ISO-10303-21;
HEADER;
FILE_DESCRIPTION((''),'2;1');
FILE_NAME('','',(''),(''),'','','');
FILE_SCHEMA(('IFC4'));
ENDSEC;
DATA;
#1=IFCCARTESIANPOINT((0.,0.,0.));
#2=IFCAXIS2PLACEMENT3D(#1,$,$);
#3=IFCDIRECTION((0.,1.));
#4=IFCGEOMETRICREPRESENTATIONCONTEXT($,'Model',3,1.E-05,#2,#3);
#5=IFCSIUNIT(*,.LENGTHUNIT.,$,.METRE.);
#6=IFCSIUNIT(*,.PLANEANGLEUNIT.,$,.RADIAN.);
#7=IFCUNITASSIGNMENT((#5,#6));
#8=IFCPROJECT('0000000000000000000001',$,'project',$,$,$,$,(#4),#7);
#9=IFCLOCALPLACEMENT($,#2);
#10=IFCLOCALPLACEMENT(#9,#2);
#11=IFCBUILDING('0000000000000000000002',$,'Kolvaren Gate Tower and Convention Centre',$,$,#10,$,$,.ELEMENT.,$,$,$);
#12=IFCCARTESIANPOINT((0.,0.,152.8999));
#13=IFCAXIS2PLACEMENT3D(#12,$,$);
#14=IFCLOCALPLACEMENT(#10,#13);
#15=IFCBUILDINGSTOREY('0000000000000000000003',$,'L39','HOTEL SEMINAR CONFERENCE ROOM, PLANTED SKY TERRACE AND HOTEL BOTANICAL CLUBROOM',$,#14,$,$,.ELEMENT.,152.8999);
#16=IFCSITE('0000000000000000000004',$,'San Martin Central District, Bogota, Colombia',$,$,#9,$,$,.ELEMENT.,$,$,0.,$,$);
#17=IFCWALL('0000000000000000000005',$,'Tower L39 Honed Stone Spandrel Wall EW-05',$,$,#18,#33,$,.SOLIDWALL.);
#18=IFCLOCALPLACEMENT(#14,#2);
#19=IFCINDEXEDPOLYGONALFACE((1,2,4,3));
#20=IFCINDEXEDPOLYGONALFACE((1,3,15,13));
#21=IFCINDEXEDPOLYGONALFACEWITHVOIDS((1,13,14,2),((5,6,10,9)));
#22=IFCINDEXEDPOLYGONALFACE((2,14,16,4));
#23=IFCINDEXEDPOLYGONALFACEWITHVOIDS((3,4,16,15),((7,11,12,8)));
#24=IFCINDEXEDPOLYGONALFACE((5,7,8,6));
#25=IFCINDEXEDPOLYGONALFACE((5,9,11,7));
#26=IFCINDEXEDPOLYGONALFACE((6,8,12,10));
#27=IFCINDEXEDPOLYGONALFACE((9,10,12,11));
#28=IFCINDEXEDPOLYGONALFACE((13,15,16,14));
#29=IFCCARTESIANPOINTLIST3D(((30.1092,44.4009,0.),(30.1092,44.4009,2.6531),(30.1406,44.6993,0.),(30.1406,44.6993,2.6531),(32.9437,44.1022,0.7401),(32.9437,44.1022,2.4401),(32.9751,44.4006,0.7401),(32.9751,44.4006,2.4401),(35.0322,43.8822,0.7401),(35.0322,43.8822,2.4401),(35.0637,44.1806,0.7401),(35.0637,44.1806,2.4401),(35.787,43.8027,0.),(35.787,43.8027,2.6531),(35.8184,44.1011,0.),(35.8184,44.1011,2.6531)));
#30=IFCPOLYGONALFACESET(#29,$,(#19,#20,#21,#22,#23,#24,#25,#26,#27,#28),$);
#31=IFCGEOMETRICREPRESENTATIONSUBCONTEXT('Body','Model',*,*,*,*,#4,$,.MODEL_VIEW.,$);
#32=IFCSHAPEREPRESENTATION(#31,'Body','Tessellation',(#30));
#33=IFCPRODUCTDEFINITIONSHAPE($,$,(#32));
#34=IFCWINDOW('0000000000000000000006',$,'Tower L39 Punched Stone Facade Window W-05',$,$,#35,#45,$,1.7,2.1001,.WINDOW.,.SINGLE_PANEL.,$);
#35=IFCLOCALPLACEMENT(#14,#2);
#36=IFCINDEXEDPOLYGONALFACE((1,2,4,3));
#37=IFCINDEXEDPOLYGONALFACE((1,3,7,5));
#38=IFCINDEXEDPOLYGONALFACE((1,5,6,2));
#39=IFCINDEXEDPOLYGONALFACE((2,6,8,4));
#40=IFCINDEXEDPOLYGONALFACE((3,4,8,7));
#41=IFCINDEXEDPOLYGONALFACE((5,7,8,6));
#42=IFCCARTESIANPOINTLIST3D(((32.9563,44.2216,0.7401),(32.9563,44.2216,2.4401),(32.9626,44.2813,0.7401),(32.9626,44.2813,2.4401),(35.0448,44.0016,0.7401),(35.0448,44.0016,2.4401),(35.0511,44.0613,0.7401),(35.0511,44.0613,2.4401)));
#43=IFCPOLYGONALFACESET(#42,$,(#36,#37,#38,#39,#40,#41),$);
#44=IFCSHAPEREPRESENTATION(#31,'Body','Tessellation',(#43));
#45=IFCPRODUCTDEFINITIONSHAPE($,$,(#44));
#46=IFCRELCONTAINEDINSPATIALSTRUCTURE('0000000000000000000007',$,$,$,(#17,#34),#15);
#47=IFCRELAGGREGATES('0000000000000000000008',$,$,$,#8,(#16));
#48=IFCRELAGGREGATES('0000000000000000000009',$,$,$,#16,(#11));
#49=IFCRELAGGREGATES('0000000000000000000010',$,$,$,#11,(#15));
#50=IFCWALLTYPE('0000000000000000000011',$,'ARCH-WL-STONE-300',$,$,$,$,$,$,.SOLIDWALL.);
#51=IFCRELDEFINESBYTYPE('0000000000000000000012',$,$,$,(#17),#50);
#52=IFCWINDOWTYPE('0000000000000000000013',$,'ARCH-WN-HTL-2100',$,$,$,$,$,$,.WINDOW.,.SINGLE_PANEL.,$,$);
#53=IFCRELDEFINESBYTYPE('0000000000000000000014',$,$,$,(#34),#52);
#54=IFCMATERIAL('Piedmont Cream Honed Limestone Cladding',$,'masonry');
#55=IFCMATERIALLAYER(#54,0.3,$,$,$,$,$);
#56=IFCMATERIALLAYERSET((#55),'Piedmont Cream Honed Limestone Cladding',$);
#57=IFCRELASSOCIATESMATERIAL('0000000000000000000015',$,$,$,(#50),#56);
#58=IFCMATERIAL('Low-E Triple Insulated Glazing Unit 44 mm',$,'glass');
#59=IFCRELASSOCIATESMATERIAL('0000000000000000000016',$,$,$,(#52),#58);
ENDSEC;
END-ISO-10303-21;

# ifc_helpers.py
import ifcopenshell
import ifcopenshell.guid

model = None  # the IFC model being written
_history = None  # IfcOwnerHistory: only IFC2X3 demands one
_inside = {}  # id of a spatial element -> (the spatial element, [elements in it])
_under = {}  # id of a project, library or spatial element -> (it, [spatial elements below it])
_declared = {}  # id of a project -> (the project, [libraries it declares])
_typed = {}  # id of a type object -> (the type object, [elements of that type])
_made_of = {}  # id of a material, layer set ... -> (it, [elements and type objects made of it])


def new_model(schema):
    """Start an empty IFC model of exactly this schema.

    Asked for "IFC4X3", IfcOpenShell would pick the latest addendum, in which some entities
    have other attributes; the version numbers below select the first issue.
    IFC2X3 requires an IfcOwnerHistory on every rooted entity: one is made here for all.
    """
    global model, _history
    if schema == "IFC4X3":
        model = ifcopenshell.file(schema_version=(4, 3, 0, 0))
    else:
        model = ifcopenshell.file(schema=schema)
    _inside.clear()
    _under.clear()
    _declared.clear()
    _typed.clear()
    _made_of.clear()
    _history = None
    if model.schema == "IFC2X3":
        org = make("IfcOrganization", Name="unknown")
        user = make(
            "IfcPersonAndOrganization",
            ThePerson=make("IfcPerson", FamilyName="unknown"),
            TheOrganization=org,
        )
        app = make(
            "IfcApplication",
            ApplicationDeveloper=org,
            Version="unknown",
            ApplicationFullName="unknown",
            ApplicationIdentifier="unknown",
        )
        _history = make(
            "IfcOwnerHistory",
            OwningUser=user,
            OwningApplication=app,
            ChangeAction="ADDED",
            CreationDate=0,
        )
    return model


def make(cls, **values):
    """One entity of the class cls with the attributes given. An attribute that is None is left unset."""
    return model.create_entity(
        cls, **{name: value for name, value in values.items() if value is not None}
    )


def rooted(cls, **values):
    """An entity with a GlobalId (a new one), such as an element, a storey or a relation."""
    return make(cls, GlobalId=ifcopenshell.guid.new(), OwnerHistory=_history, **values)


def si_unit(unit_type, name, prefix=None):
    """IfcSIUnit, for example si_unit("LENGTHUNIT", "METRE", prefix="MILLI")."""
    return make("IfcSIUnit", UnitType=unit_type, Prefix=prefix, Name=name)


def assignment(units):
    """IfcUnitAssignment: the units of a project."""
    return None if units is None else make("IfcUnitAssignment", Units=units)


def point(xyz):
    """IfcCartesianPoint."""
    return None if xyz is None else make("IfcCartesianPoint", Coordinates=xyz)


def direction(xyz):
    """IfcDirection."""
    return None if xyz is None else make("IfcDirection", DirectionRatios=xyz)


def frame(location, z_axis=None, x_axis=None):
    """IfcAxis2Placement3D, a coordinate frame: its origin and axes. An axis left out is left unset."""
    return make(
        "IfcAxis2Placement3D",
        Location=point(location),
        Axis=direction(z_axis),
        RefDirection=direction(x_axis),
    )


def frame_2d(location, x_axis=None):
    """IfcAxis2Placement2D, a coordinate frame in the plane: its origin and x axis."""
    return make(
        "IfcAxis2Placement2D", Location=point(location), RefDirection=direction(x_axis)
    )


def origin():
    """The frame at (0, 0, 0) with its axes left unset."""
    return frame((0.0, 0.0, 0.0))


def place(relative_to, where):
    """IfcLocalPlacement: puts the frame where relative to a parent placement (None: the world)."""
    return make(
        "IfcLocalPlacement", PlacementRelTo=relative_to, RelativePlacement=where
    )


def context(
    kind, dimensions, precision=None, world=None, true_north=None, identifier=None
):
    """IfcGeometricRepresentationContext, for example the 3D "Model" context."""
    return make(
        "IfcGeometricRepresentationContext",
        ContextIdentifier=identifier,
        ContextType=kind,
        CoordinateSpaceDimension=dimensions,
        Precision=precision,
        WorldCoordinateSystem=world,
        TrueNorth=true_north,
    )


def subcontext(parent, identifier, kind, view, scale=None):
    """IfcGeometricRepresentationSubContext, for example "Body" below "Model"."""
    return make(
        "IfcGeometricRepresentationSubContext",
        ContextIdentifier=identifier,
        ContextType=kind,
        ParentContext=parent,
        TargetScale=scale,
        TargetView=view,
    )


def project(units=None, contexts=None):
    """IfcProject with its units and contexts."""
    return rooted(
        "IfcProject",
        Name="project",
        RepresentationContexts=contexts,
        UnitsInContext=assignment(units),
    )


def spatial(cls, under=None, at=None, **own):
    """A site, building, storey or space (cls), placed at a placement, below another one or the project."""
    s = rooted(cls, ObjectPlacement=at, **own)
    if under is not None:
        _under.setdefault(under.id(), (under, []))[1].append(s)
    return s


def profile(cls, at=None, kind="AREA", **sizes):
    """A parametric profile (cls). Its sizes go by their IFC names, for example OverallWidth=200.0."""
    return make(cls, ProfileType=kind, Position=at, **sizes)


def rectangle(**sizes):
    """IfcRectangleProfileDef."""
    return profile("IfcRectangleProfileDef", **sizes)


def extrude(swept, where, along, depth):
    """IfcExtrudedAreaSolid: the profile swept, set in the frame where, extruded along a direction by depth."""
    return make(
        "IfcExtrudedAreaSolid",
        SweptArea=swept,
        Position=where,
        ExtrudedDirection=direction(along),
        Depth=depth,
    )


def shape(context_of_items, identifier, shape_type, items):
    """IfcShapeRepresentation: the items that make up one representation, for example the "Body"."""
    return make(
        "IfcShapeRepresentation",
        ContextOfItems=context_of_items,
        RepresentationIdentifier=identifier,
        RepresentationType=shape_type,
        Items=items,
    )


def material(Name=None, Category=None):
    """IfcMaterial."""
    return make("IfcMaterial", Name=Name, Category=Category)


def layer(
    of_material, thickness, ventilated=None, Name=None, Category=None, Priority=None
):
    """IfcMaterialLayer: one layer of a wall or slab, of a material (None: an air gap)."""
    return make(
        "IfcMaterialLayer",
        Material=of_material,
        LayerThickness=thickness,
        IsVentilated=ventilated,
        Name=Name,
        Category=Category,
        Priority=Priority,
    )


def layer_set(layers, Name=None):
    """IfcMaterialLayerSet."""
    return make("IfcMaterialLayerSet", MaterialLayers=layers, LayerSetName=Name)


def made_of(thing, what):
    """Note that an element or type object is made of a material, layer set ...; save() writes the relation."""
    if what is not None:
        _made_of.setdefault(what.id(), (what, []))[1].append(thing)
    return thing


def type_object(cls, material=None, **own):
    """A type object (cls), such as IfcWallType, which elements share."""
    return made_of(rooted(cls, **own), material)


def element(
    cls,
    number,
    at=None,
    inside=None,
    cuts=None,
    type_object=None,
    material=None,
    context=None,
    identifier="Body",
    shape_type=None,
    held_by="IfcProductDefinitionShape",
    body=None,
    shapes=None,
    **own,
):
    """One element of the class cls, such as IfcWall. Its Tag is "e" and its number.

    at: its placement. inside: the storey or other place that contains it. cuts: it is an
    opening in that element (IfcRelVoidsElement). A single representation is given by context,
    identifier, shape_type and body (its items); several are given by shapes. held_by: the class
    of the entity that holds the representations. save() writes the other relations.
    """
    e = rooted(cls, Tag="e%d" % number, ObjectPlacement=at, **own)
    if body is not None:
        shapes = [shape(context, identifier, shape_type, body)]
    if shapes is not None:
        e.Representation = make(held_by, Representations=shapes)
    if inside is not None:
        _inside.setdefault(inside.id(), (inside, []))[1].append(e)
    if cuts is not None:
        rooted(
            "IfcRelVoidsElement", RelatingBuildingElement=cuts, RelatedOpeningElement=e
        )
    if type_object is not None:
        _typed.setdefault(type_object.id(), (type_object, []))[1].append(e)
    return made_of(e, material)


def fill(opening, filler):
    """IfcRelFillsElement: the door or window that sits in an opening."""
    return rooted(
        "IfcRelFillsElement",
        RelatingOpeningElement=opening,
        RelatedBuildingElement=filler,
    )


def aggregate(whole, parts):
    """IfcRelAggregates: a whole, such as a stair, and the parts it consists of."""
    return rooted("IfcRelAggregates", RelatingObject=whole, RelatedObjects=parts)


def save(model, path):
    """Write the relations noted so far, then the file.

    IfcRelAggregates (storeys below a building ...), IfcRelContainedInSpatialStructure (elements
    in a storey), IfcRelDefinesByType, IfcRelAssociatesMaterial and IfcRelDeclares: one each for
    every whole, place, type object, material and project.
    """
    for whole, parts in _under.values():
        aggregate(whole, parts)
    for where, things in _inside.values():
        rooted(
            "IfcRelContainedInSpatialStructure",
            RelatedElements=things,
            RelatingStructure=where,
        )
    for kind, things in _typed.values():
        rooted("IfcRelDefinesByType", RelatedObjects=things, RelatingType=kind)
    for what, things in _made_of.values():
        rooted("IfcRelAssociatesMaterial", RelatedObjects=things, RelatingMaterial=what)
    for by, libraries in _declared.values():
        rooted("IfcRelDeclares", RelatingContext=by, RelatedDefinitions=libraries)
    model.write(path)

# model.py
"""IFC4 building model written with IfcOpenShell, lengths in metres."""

from ifc_helpers import new_model, si_unit, direction, frame, frame_2d, origin, place, context, subcontext, project, spatial, rectangle, extrude, material, layer, layer_set, type_object, element, fill, save


model = new_model("IFC4")

# Units and contexts
model_context = context("Model", 3, precision=1e-05, world=origin(), true_north=direction((0.0, 1.0)))
body_context = subcontext(model_context, "Body", "Model", "MODEL_VIEW")
ifc_project = project(units=[si_unit("LENGTHUNIT", "METRE"), si_unit("PLANEANGLEUNIT", "RADIAN")], contexts=[model_context])

# Site, building, storey
site_placement = place(None, origin())
site = spatial("IfcSite", under=ifc_project, at=site_placement, Name="San Martin Central District, Bogota, Colombia", CompositionType="ELEMENT", RefElevation=0.0)
building_placement = place(site_placement, origin())
building = spatial("IfcBuilding", under=site, at=building_placement, Name="Kolvaren Gate Tower and Convention Centre", CompositionType="ELEMENT")
storey_placement = place(building_placement, frame((0.0, 0.0, 152.8999)))
storey = spatial("IfcBuildingStorey", under=building, at=storey_placement, Name="L39", Description="HOTEL SEMINAR CONFERENCE ROOM, PLANTED SKY TERRACE AND HOTEL BOTANICAL CLUBROOM", CompositionType="ELEMENT", Elevation=152.8999)

# Wall, opening, window
ifc_material_1 = material(Name="Piedmont Cream Honed Limestone Cladding", Category="masonry")
ifc_layer_1 = layer(ifc_material_1, 0.3)
ifc_layer_set_1 = layer_set([ifc_layer_1], Name="Piedmont Cream Honed Limestone Cladding")
wall_type_1 = type_object("IfcWallType", Name="ARCH-WL-STONE-300", PredefinedType="SOLIDWALL", material=ifc_layer_set_1)
ifc_material_2 = material(Name="Low-E Triple Insulated Glazing Unit 44 mm", Category="glass")
window_type = type_object("IfcWindowType", Name="ARCH-WN-HTL-2100", PartitioningType="SINGLE_PANEL", PredefinedType="WINDOW", material=ifc_material_2)
wall_1_placement = place(storey_placement, frame((30.125, 44.55, 0.0), z_axis=(0.0, 0.0, 1.0), x_axis=(0.994497, -0.104769, 0.0)))
wall_1 = element("IfcWall", 1, at=wall_1_placement, inside=storey, type_object=wall_type_1, Name="Tower L39 Honed Stone Spandrel Wall EW-05", PredefinedType="SOLIDWALL", context=body_context, shape_type="SweptSolid", body=[
    extrude(rectangle(XDim=5.7092, YDim=0.3, at=frame_2d((2.8545, 0.0))), origin(), (0.0, 0.0, 1.0), 2.6531),
])
opening_1_placement = place(wall_1_placement, frame((2.8501, 0.0, 0.74)))
opening_1 = element("IfcOpeningElement", 2, at=opening_1_placement, cuts=wall_1, PredefinedType="OPENING", context=body_context, shape_type="SweptSolid", body=[
    extrude(rectangle(XDim=2.1001, YDim=1.7, at=frame_2d((1.05, 0.8501))), frame((0.0, 0.1599, 0.0), z_axis=(0.0, -1.0, 0.0), x_axis=(1.0, 0.0, 0.0)), (0.0, 0.0, 1.0), 0.3201),
])
window_1_placement = place(opening_1_placement, origin())
window_1 = element("IfcWindow", 3, at=window_1_placement, inside=storey, type_object=window_type, Name="Tower L39 Punched Stone Facade Window W-05", OverallHeight=1.7, OverallWidth=2.1001, PartitioningType="SINGLE_PANEL", PredefinedType="WINDOW", context=body_context, shape_type="SweptSolid", body=[
    extrude(rectangle(XDim=2.1001, YDim=1.7, at=frame_2d((1.05, 0.8501))), frame((0.0, 0.03, 0.0), z_axis=(0.0, -1.0, 0.0), x_axis=(1.0, 0.0, 0.0)), (0.0, 0.0, 1.0), 0.0601),
])
fill(opening_1, window_1)

save(model, "model.ifc")
